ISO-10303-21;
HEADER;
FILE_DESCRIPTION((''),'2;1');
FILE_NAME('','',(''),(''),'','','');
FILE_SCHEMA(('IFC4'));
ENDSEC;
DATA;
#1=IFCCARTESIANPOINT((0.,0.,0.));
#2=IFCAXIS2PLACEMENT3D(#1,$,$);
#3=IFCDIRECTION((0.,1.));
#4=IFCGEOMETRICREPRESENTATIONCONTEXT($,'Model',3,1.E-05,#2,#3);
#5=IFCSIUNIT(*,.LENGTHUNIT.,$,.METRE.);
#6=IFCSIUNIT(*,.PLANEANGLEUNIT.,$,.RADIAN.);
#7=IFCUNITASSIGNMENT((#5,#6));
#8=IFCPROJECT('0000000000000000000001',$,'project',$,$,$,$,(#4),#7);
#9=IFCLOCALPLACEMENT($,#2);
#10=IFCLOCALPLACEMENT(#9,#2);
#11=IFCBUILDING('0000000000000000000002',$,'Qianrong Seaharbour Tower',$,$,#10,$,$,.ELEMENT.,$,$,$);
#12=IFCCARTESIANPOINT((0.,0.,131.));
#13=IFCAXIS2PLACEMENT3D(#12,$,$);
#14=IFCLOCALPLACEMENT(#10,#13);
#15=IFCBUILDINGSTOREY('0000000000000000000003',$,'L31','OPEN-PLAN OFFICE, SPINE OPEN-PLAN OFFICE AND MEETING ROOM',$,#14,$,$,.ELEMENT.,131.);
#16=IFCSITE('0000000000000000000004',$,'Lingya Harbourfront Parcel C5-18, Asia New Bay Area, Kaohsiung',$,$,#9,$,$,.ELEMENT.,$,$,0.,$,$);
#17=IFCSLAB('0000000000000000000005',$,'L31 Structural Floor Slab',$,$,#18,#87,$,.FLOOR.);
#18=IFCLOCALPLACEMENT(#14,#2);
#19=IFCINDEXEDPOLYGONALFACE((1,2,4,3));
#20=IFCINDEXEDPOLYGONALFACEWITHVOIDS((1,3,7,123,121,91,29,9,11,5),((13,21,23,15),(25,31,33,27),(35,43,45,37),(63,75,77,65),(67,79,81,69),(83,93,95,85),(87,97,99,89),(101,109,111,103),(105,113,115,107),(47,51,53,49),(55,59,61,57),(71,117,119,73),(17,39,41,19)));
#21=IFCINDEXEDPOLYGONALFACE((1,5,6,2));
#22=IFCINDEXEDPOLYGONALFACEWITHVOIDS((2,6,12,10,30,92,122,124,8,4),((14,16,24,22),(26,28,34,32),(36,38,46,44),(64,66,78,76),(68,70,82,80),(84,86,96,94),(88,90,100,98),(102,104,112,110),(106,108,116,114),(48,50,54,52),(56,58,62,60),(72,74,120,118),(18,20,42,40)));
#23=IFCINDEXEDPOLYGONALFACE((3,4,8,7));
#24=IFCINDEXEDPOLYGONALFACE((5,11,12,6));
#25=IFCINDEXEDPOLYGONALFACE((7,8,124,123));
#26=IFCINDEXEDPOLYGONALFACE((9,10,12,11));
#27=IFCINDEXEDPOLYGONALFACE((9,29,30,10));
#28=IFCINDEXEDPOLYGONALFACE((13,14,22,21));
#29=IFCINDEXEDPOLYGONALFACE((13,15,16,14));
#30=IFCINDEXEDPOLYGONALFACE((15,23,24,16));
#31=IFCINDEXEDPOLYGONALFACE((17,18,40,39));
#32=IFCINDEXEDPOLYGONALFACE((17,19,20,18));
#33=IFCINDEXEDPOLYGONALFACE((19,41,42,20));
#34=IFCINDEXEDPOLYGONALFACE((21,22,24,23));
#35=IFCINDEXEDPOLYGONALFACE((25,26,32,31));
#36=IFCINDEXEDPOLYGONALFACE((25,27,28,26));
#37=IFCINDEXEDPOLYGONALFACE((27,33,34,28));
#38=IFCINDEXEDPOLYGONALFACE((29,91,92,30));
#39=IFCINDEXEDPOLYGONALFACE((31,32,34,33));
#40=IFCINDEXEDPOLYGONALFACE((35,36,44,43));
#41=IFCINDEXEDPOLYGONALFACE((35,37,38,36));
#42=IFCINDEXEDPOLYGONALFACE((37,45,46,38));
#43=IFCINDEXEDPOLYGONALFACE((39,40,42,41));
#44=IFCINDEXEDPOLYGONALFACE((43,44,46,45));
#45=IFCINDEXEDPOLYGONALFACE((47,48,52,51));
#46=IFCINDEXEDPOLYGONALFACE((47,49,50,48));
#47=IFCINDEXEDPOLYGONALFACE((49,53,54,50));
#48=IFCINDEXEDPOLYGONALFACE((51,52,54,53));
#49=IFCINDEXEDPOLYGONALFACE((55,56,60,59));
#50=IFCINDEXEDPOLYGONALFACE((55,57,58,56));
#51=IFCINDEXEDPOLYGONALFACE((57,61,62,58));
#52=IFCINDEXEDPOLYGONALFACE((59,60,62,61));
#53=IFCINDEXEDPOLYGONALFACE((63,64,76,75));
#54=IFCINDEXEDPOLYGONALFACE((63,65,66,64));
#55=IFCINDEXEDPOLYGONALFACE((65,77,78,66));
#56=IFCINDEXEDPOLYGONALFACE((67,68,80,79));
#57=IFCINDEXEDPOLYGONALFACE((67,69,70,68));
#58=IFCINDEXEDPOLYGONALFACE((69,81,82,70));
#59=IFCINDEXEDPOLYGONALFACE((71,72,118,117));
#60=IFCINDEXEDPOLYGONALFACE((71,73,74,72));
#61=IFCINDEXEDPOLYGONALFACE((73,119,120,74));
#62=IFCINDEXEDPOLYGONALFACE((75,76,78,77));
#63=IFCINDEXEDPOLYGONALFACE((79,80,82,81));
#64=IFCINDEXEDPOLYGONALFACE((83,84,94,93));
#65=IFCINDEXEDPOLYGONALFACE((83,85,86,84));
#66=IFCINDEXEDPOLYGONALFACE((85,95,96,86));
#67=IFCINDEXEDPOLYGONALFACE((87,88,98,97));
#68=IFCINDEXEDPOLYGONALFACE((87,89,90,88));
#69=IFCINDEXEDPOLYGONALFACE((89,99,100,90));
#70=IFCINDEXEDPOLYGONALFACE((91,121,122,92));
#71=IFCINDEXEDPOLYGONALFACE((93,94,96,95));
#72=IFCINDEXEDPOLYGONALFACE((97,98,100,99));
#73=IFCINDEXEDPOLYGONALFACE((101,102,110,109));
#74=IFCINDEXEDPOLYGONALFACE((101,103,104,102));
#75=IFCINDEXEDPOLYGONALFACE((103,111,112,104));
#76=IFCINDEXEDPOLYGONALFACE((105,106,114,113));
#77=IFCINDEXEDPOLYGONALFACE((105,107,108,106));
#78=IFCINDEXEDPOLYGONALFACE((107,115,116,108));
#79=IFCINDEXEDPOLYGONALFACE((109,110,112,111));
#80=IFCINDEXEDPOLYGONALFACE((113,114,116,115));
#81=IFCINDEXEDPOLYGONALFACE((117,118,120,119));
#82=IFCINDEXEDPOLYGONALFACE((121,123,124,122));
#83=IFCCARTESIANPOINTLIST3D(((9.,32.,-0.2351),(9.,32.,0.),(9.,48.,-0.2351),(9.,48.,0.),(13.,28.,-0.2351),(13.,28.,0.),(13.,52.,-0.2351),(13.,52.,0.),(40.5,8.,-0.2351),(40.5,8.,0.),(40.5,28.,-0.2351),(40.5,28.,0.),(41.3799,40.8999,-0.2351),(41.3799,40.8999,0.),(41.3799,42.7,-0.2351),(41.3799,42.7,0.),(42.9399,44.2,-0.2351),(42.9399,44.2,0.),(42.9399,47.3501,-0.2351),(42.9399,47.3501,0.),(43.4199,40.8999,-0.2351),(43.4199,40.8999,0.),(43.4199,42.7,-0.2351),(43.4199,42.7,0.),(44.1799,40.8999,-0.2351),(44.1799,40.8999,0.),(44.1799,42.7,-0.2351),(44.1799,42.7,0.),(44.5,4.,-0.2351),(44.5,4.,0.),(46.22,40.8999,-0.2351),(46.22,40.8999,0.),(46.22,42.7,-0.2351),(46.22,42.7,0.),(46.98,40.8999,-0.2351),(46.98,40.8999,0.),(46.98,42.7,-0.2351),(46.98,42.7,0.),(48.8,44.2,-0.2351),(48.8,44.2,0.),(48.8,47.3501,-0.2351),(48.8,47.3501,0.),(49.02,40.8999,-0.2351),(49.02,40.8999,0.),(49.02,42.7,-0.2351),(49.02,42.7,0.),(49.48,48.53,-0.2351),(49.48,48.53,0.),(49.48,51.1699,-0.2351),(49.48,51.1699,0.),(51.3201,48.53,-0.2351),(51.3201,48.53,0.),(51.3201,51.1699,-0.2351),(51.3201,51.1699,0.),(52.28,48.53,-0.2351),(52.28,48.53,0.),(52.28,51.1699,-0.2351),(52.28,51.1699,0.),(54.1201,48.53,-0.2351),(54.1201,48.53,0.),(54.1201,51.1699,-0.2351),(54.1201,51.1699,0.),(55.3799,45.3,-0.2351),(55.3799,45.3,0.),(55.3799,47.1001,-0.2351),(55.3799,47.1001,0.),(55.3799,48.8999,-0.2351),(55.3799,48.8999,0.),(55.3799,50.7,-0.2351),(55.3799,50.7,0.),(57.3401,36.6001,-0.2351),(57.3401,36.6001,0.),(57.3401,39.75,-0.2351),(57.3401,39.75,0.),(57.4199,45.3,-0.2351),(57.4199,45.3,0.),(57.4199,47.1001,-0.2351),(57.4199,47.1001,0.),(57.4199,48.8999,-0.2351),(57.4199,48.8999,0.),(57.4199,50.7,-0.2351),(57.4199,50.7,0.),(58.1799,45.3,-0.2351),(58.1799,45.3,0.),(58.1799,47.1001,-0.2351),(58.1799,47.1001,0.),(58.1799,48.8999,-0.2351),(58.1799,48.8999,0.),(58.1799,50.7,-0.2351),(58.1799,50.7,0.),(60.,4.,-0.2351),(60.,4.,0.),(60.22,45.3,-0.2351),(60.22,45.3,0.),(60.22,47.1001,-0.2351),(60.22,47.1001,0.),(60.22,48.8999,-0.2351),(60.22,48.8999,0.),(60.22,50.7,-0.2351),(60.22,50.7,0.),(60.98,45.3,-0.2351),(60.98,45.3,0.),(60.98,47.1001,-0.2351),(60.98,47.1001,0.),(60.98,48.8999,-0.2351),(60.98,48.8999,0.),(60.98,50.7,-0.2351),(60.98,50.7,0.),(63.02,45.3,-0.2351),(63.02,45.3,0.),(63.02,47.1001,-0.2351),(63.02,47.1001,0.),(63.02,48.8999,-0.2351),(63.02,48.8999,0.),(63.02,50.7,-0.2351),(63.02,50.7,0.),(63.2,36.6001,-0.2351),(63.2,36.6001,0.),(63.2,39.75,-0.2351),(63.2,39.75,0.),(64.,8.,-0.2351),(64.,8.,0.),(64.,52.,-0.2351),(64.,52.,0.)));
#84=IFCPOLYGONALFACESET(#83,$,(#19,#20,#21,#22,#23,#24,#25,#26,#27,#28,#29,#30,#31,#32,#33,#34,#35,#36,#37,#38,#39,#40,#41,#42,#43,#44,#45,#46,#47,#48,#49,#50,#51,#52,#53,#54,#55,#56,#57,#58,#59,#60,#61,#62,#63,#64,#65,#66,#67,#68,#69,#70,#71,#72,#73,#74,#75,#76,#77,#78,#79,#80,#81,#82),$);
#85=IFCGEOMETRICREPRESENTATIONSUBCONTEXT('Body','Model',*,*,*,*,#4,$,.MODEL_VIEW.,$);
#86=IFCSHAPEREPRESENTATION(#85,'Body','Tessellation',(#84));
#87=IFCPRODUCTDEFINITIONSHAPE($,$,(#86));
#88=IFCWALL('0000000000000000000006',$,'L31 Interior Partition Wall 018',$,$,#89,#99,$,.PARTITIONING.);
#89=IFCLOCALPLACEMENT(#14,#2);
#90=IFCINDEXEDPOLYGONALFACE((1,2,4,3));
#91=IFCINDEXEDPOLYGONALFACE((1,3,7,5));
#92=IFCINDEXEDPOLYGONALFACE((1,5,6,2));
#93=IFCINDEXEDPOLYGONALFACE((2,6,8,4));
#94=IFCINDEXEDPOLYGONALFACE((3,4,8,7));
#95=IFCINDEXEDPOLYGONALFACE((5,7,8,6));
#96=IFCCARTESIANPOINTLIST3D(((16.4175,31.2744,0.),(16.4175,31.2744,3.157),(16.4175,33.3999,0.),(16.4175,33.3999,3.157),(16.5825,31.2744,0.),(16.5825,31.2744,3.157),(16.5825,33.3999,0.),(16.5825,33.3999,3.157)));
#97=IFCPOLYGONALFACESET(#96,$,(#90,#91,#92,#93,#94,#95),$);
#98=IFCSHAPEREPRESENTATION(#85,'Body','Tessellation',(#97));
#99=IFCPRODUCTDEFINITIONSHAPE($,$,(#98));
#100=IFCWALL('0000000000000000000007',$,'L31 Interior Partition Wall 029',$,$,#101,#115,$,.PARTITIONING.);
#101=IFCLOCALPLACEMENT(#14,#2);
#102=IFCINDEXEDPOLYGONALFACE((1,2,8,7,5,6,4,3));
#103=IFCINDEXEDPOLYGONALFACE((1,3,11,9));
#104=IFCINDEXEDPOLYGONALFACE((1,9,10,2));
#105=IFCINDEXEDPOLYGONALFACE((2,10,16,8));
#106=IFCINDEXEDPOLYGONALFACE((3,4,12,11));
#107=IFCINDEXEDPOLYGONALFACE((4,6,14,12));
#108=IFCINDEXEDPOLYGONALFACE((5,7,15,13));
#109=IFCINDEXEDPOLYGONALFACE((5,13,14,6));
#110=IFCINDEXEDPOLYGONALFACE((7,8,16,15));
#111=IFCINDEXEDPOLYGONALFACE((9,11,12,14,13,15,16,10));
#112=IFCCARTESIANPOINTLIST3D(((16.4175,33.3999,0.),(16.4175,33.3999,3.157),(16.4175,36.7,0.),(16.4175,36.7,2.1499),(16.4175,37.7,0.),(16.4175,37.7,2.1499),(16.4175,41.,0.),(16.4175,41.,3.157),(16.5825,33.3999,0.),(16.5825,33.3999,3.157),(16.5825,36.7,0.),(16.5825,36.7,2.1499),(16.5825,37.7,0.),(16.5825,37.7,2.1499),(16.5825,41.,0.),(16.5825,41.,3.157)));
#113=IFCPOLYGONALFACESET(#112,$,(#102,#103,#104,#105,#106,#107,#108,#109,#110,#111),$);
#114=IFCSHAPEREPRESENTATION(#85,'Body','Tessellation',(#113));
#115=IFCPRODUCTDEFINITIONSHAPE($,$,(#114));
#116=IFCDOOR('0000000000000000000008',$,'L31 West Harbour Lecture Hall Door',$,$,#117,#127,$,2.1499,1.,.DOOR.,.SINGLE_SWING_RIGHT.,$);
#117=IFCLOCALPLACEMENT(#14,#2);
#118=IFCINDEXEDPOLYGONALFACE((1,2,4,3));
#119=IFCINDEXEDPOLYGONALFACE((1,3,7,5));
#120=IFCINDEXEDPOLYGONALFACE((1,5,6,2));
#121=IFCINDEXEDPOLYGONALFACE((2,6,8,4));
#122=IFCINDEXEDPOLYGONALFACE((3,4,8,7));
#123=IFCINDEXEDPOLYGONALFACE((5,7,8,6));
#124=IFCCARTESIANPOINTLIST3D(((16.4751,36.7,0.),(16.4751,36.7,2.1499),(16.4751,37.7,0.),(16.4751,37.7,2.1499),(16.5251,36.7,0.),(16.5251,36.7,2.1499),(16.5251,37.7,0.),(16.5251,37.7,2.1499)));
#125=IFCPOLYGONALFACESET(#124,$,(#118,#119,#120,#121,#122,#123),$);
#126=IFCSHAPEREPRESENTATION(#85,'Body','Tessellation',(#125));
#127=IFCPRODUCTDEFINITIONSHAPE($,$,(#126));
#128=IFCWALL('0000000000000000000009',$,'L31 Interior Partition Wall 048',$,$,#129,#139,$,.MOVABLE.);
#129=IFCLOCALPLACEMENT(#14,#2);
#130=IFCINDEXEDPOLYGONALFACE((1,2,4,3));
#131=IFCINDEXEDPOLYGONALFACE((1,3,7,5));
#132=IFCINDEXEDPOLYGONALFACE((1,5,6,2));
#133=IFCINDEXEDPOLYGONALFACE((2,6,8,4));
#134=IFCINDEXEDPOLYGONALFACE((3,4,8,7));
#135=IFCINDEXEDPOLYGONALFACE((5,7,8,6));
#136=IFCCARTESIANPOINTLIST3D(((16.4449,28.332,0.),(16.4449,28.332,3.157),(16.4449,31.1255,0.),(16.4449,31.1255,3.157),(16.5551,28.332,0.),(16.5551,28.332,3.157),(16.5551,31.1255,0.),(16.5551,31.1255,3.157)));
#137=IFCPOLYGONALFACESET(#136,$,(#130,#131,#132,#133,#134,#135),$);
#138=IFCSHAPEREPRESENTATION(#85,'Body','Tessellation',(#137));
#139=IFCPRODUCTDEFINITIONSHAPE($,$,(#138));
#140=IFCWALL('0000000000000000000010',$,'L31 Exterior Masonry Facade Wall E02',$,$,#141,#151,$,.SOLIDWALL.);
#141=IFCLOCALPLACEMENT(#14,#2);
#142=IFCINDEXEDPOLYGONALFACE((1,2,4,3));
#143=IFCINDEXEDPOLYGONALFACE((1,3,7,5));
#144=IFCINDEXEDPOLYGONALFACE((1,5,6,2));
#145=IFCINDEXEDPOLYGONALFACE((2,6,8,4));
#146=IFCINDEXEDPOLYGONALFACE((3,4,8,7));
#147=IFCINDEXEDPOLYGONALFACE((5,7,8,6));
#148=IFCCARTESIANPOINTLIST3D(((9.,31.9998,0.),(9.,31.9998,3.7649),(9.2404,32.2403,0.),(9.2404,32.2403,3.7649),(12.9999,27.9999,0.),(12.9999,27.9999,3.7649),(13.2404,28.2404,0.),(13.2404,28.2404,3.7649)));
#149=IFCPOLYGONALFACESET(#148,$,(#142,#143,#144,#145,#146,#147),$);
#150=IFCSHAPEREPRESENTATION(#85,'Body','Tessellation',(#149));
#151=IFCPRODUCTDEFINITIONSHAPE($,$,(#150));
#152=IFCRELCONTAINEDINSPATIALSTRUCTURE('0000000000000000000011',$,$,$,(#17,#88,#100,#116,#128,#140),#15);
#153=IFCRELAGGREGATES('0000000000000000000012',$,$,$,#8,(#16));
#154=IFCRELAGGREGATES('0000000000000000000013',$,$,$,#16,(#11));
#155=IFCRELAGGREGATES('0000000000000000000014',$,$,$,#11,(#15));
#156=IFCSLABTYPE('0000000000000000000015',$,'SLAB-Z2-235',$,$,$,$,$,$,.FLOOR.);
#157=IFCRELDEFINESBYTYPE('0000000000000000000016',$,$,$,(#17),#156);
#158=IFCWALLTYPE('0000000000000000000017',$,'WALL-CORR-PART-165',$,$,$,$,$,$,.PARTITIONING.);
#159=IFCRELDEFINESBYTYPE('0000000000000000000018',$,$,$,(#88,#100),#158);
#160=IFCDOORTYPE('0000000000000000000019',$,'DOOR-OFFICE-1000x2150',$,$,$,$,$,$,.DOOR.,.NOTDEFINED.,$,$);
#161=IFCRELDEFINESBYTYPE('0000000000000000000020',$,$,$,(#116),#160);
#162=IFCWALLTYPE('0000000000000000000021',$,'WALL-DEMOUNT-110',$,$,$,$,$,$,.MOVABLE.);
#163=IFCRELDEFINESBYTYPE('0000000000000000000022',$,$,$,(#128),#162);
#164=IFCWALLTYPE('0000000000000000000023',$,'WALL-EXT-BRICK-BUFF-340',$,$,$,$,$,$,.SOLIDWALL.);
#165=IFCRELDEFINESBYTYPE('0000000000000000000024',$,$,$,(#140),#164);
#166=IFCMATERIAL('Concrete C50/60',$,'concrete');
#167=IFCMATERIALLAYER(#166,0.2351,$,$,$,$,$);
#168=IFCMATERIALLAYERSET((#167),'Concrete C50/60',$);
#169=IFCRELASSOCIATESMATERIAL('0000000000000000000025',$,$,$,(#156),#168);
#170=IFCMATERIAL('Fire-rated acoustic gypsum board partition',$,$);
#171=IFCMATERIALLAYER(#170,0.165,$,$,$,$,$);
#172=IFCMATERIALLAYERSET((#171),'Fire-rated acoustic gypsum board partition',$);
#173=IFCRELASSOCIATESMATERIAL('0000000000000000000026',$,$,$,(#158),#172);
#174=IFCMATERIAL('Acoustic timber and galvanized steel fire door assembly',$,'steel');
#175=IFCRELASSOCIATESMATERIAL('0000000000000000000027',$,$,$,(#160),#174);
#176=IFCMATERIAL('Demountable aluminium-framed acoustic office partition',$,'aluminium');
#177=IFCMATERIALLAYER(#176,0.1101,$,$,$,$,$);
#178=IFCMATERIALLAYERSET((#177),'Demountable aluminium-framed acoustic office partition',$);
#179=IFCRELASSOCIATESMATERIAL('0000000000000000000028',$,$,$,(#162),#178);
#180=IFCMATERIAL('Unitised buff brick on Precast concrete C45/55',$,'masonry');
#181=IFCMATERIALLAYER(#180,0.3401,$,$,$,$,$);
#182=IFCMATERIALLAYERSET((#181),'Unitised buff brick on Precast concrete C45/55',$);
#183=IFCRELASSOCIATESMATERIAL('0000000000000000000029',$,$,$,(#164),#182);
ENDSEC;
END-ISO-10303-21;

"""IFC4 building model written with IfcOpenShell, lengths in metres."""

from ifc_helpers import new_model, si_unit, direction, frame, frame_2d, origin, place, context, subcontext, project, spatial, polyline, rectangle, outline, extrude, material, layer, layer_set, type_object, element, fill, save


model = new_model("IFC4")

# Units and contexts
model_context = context("Model", 3, precision=1e-05, world=origin(), true_north=direction((0.0, 1.0)))
body_context = subcontext(model_context, "Body", "Model", "MODEL_VIEW")
ifc_project = project(units=[si_unit("LENGTHUNIT", "METRE"), si_unit("PLANEANGLEUNIT", "RADIAN")], contexts=[model_context])

# Site, building, storey
site_placement = place(None, origin())
site = spatial("IfcSite", under=ifc_project, at=site_placement, Name="Lingya Harbourfront Parcel C5-18, Asia New Bay Area, Kaohsiung", CompositionType="ELEMENT", RefElevation=0.0)
building_placement = place(site_placement, origin())
building = spatial("IfcBuilding", under=site, at=building_placement, Name="Qianrong Seaharbour Tower", CompositionType="ELEMENT")
storey_placement = place(building_placement, frame((0.0, 0.0, 131.0)))
storey = spatial("IfcBuildingStorey", under=building, at=storey_placement, Name="L31", Description="OPEN-PLAN OFFICE, SPINE OPEN-PLAN OFFICE AND MEETING ROOM", CompositionType="ELEMENT", Elevation=131.0)

# Shared definitions
ifc_material_1 = material(Name="Concrete C50/60", Category="concrete")

# Slab
ifc_layer_1 = layer(ifc_material_1, 0.2351)
ifc_layer_set_1 = layer_set([ifc_layer_1], Name="Concrete C50/60")
slab_type_1 = type_object("IfcSlabType", Name="SLAB-Z2-235", PredefinedType="FLOOR", material=ifc_layer_set_1)
slab_1_placement = place(storey_placement, frame((0.0, 0.0, -0.2351)))
element("IfcSlab", 1, at=slab_1_placement, inside=storey, type_object=slab_type_1, Name="L31 Structural Floor Slab", PredefinedType="FLOOR", context=body_context, shape_type="SweptSolid", body=[
    extrude(outline(polyline([(44.5, 4.0), (60.0, 4.0), (64.0, 8.0), (64.0, 52.0), (13.0, 52.0), (9.0, 48.0), (9.0, 32.0), (13.0, 28.0), (40.5, 28.0), (40.5, 8.0), (44.5, 4.0)]), holes=[polyline([(42.9399, 44.2), (42.9399, 47.3501), (48.8, 47.3501), (48.8, 44.2), (42.9399, 44.2)]), polyline([(57.3401, 36.6001), (57.3401, 39.75), (63.2, 39.75), (63.2, 36.6001), (57.3401, 36.6001)]), polyline([(49.48, 48.53), (49.48, 51.1699), (51.3201, 51.1699), (51.3201, 48.53), (49.48, 48.53)]), polyline([(52.28, 48.53), (52.28, 51.1699), (54.1201, 51.1699), (54.1201, 48.53), (52.28, 48.53)]), polyline([(41.3799, 40.8999), (41.3799, 42.7), (43.4199, 42.7), (43.4199, 40.8999), (41.3799, 40.8999)]), polyline([(44.1799, 40.8999), (44.1799, 42.7), (46.22, 42.7), (46.22, 40.8999), (44.1799, 40.8999)]), polyline([(46.98, 40.8999), (46.98, 42.7), (49.02, 42.7), (49.02, 40.8999), (46.98, 40.8999)]), polyline([(55.3799, 45.3), (55.3799, 47.1001), (57.4199, 47.1001), (57.4199, 45.3), (55.3799, 45.3)]), polyline([(58.1799, 45.3), (58.1799, 47.1001), (60.22, 47.1001), (60.22, 45.3), (58.1799, 45.3)]), polyline([(60.98, 45.3), (60.98, 47.1001), (63.02, 47.1001), (63.02, 45.3), (60.98, 45.3)]), polyline([(55.3799, 48.8999), (55.3799, 50.7), (57.4199, 50.7), (57.4199, 48.8999), (55.3799, 48.8999)]), polyline([(58.1799, 48.8999), (58.1799, 50.7), (60.22, 50.7), (60.22, 48.8999), (58.1799, 48.8999)]), polyline([(60.98, 48.8999), (60.98, 50.7), (63.02, 50.7), (63.02, 48.8999), (60.98, 48.8999)])]), origin(), (0.0, 0.0, 1.0), 0.2351),
])

# Wall
ifc_material_2 = material(Name="Fire-rated acoustic gypsum board partition")
ifc_layer_2 = layer(ifc_material_2, 0.165)
ifc_layer_set_2 = layer_set([ifc_layer_2], Name="Fire-rated acoustic gypsum board partition")
wall_type_1 = type_object("IfcWallType", Name="WALL-CORR-PART-165", PredefinedType="PARTITIONING", material=ifc_layer_set_2)
wall_1_placement = place(storey_placement, frame((16.5, 31.2744, 0.0), z_axis=(0.0, 0.0, 1.0), x_axis=(0.0, 1.0, 0.0)))
element("IfcWall", 2, at=wall_1_placement, inside=storey, type_object=wall_type_1, Name="L31 Interior Partition Wall 018", PredefinedType="PARTITIONING", context=body_context, shape_type="SweptSolid", body=[
    extrude(rectangle(XDim=2.1255, YDim=0.165, at=frame_2d((1.0627, 0.0))), origin(), (0.0, 0.0, 1.0), 3.157),
])

# Wall, opening, door
wall_2_placement = place(storey_placement, frame((16.5, 33.3999, 0.0), z_axis=(0.0, 0.0, 1.0), x_axis=(0.0, 1.0, 0.0)))
wall_2 = element("IfcWall", 3, at=wall_2_placement, inside=storey, type_object=wall_type_1, Name="L31 Interior Partition Wall 029", PredefinedType="PARTITIONING", context=body_context, shape_type="SweptSolid", body=[
    extrude(rectangle(XDim=7.6001, YDim=0.165, at=frame_2d((3.8, 0.0))), origin(), (0.0, 0.0, 1.0), 3.157),
])
opening_1_placement = place(wall_2_placement, frame((3.3, 0.0, 0.0)))
opening_1 = element("IfcOpeningElement", 4, at=opening_1_placement, cuts=wall_2, PredefinedType="OPENING", context=body_context, shape_type="SweptSolid", body=[
    extrude(rectangle(XDim=1.0, YDim=2.1499, at=frame_2d((0.5, 1.075))), frame((0.0, 0.0925, 0.0), z_axis=(0.0, -1.0, 0.0), x_axis=(1.0, 0.0, 0.0)), (0.0, 0.0, 1.0), 0.1851),
])
ifc_material_3 = material(Name="Acoustic timber and galvanized steel fire door assembly", Category="steel")
door_type = type_object("IfcDoorType", Name="DOOR-OFFICE-1000x2150", OperationType="NOTDEFINED", PredefinedType="DOOR", material=ifc_material_3)
door_placement = place(opening_1_placement, origin())
door = element("IfcDoor", 5, at=door_placement, inside=storey, type_object=door_type, Name="L31 West Harbour Lecture Hall Door", OperationType="SINGLE_SWING_RIGHT", OverallHeight=2.1499, OverallWidth=1.0, PredefinedType="DOOR", context=body_context, shape_type="SweptSolid", body=[
    extrude(rectangle(XDim=1.0, YDim=2.1499, at=frame_2d((0.5, 1.075))), frame((0.0, 0.0249, 0.0), z_axis=(0.0, -1.0, 0.0), x_axis=(1.0, 0.0, 0.0)), (0.0, 0.0, 1.0), 0.05),
])
fill(opening_1, door)

# Walls
ifc_material_4 = material(Name="Demountable aluminium-framed acoustic office partition", Category="aluminium")
ifc_layer_3 = layer(ifc_material_4, 0.1101)
ifc_layer_set_3 = layer_set([ifc_layer_3], Name="Demountable aluminium-framed acoustic office partition")
wall_type_2 = type_object("IfcWallType", Name="WALL-DEMOUNT-110", PredefinedType="MOVABLE", material=ifc_layer_set_3)
wall_3_placement = place(storey_placement, frame((16.5, 31.1255, 0.0), z_axis=(0.0, 0.0, 1.0), x_axis=(0.0, -1.0, 0.0)))
element("IfcWall", 6, at=wall_3_placement, inside=storey, type_object=wall_type_2, Name="L31 Interior Partition Wall 048", PredefinedType="MOVABLE", context=body_context, shape_type="SweptSolid", body=[
    extrude(rectangle(XDim=2.7935, YDim=0.1101, at=frame_2d((1.3967, 0.0))), origin(), (0.0, 0.0, 1.0), 3.157),
])
ifc_material_5 = material(Name="Unitised buff brick on Precast concrete C45/55", Category="masonry")
ifc_layer_4 = layer(ifc_material_5, 0.3401)
ifc_layer_set_4 = layer_set([ifc_layer_4], Name="Unitised buff brick on Precast concrete C45/55")
wall_type_3 = type_object("IfcWallType", Name="WALL-EXT-BRICK-BUFF-340", PredefinedType="SOLIDWALL", material=ifc_layer_set_4)
wall_4_placement = place(storey_placement, frame((13.1201, 28.1201, 0.0), z_axis=(0.0, 0.0, 1.0), x_axis=(-0.707107, 0.707107, 0.0)))
element("IfcWall", 7, at=wall_4_placement, inside=storey, type_object=wall_type_3, Name="L31 Exterior Masonry Facade Wall E02", PredefinedType="SOLIDWALL", context=body_context, shape_type="SweptSolid", body=[
    extrude(rectangle(XDim=5.6567, YDim=0.3401, at=frame_2d((2.8284, 0.0))), origin(), (0.0, 0.0, 1.0), 3.7649),
])

save(model, "model.ifc")
